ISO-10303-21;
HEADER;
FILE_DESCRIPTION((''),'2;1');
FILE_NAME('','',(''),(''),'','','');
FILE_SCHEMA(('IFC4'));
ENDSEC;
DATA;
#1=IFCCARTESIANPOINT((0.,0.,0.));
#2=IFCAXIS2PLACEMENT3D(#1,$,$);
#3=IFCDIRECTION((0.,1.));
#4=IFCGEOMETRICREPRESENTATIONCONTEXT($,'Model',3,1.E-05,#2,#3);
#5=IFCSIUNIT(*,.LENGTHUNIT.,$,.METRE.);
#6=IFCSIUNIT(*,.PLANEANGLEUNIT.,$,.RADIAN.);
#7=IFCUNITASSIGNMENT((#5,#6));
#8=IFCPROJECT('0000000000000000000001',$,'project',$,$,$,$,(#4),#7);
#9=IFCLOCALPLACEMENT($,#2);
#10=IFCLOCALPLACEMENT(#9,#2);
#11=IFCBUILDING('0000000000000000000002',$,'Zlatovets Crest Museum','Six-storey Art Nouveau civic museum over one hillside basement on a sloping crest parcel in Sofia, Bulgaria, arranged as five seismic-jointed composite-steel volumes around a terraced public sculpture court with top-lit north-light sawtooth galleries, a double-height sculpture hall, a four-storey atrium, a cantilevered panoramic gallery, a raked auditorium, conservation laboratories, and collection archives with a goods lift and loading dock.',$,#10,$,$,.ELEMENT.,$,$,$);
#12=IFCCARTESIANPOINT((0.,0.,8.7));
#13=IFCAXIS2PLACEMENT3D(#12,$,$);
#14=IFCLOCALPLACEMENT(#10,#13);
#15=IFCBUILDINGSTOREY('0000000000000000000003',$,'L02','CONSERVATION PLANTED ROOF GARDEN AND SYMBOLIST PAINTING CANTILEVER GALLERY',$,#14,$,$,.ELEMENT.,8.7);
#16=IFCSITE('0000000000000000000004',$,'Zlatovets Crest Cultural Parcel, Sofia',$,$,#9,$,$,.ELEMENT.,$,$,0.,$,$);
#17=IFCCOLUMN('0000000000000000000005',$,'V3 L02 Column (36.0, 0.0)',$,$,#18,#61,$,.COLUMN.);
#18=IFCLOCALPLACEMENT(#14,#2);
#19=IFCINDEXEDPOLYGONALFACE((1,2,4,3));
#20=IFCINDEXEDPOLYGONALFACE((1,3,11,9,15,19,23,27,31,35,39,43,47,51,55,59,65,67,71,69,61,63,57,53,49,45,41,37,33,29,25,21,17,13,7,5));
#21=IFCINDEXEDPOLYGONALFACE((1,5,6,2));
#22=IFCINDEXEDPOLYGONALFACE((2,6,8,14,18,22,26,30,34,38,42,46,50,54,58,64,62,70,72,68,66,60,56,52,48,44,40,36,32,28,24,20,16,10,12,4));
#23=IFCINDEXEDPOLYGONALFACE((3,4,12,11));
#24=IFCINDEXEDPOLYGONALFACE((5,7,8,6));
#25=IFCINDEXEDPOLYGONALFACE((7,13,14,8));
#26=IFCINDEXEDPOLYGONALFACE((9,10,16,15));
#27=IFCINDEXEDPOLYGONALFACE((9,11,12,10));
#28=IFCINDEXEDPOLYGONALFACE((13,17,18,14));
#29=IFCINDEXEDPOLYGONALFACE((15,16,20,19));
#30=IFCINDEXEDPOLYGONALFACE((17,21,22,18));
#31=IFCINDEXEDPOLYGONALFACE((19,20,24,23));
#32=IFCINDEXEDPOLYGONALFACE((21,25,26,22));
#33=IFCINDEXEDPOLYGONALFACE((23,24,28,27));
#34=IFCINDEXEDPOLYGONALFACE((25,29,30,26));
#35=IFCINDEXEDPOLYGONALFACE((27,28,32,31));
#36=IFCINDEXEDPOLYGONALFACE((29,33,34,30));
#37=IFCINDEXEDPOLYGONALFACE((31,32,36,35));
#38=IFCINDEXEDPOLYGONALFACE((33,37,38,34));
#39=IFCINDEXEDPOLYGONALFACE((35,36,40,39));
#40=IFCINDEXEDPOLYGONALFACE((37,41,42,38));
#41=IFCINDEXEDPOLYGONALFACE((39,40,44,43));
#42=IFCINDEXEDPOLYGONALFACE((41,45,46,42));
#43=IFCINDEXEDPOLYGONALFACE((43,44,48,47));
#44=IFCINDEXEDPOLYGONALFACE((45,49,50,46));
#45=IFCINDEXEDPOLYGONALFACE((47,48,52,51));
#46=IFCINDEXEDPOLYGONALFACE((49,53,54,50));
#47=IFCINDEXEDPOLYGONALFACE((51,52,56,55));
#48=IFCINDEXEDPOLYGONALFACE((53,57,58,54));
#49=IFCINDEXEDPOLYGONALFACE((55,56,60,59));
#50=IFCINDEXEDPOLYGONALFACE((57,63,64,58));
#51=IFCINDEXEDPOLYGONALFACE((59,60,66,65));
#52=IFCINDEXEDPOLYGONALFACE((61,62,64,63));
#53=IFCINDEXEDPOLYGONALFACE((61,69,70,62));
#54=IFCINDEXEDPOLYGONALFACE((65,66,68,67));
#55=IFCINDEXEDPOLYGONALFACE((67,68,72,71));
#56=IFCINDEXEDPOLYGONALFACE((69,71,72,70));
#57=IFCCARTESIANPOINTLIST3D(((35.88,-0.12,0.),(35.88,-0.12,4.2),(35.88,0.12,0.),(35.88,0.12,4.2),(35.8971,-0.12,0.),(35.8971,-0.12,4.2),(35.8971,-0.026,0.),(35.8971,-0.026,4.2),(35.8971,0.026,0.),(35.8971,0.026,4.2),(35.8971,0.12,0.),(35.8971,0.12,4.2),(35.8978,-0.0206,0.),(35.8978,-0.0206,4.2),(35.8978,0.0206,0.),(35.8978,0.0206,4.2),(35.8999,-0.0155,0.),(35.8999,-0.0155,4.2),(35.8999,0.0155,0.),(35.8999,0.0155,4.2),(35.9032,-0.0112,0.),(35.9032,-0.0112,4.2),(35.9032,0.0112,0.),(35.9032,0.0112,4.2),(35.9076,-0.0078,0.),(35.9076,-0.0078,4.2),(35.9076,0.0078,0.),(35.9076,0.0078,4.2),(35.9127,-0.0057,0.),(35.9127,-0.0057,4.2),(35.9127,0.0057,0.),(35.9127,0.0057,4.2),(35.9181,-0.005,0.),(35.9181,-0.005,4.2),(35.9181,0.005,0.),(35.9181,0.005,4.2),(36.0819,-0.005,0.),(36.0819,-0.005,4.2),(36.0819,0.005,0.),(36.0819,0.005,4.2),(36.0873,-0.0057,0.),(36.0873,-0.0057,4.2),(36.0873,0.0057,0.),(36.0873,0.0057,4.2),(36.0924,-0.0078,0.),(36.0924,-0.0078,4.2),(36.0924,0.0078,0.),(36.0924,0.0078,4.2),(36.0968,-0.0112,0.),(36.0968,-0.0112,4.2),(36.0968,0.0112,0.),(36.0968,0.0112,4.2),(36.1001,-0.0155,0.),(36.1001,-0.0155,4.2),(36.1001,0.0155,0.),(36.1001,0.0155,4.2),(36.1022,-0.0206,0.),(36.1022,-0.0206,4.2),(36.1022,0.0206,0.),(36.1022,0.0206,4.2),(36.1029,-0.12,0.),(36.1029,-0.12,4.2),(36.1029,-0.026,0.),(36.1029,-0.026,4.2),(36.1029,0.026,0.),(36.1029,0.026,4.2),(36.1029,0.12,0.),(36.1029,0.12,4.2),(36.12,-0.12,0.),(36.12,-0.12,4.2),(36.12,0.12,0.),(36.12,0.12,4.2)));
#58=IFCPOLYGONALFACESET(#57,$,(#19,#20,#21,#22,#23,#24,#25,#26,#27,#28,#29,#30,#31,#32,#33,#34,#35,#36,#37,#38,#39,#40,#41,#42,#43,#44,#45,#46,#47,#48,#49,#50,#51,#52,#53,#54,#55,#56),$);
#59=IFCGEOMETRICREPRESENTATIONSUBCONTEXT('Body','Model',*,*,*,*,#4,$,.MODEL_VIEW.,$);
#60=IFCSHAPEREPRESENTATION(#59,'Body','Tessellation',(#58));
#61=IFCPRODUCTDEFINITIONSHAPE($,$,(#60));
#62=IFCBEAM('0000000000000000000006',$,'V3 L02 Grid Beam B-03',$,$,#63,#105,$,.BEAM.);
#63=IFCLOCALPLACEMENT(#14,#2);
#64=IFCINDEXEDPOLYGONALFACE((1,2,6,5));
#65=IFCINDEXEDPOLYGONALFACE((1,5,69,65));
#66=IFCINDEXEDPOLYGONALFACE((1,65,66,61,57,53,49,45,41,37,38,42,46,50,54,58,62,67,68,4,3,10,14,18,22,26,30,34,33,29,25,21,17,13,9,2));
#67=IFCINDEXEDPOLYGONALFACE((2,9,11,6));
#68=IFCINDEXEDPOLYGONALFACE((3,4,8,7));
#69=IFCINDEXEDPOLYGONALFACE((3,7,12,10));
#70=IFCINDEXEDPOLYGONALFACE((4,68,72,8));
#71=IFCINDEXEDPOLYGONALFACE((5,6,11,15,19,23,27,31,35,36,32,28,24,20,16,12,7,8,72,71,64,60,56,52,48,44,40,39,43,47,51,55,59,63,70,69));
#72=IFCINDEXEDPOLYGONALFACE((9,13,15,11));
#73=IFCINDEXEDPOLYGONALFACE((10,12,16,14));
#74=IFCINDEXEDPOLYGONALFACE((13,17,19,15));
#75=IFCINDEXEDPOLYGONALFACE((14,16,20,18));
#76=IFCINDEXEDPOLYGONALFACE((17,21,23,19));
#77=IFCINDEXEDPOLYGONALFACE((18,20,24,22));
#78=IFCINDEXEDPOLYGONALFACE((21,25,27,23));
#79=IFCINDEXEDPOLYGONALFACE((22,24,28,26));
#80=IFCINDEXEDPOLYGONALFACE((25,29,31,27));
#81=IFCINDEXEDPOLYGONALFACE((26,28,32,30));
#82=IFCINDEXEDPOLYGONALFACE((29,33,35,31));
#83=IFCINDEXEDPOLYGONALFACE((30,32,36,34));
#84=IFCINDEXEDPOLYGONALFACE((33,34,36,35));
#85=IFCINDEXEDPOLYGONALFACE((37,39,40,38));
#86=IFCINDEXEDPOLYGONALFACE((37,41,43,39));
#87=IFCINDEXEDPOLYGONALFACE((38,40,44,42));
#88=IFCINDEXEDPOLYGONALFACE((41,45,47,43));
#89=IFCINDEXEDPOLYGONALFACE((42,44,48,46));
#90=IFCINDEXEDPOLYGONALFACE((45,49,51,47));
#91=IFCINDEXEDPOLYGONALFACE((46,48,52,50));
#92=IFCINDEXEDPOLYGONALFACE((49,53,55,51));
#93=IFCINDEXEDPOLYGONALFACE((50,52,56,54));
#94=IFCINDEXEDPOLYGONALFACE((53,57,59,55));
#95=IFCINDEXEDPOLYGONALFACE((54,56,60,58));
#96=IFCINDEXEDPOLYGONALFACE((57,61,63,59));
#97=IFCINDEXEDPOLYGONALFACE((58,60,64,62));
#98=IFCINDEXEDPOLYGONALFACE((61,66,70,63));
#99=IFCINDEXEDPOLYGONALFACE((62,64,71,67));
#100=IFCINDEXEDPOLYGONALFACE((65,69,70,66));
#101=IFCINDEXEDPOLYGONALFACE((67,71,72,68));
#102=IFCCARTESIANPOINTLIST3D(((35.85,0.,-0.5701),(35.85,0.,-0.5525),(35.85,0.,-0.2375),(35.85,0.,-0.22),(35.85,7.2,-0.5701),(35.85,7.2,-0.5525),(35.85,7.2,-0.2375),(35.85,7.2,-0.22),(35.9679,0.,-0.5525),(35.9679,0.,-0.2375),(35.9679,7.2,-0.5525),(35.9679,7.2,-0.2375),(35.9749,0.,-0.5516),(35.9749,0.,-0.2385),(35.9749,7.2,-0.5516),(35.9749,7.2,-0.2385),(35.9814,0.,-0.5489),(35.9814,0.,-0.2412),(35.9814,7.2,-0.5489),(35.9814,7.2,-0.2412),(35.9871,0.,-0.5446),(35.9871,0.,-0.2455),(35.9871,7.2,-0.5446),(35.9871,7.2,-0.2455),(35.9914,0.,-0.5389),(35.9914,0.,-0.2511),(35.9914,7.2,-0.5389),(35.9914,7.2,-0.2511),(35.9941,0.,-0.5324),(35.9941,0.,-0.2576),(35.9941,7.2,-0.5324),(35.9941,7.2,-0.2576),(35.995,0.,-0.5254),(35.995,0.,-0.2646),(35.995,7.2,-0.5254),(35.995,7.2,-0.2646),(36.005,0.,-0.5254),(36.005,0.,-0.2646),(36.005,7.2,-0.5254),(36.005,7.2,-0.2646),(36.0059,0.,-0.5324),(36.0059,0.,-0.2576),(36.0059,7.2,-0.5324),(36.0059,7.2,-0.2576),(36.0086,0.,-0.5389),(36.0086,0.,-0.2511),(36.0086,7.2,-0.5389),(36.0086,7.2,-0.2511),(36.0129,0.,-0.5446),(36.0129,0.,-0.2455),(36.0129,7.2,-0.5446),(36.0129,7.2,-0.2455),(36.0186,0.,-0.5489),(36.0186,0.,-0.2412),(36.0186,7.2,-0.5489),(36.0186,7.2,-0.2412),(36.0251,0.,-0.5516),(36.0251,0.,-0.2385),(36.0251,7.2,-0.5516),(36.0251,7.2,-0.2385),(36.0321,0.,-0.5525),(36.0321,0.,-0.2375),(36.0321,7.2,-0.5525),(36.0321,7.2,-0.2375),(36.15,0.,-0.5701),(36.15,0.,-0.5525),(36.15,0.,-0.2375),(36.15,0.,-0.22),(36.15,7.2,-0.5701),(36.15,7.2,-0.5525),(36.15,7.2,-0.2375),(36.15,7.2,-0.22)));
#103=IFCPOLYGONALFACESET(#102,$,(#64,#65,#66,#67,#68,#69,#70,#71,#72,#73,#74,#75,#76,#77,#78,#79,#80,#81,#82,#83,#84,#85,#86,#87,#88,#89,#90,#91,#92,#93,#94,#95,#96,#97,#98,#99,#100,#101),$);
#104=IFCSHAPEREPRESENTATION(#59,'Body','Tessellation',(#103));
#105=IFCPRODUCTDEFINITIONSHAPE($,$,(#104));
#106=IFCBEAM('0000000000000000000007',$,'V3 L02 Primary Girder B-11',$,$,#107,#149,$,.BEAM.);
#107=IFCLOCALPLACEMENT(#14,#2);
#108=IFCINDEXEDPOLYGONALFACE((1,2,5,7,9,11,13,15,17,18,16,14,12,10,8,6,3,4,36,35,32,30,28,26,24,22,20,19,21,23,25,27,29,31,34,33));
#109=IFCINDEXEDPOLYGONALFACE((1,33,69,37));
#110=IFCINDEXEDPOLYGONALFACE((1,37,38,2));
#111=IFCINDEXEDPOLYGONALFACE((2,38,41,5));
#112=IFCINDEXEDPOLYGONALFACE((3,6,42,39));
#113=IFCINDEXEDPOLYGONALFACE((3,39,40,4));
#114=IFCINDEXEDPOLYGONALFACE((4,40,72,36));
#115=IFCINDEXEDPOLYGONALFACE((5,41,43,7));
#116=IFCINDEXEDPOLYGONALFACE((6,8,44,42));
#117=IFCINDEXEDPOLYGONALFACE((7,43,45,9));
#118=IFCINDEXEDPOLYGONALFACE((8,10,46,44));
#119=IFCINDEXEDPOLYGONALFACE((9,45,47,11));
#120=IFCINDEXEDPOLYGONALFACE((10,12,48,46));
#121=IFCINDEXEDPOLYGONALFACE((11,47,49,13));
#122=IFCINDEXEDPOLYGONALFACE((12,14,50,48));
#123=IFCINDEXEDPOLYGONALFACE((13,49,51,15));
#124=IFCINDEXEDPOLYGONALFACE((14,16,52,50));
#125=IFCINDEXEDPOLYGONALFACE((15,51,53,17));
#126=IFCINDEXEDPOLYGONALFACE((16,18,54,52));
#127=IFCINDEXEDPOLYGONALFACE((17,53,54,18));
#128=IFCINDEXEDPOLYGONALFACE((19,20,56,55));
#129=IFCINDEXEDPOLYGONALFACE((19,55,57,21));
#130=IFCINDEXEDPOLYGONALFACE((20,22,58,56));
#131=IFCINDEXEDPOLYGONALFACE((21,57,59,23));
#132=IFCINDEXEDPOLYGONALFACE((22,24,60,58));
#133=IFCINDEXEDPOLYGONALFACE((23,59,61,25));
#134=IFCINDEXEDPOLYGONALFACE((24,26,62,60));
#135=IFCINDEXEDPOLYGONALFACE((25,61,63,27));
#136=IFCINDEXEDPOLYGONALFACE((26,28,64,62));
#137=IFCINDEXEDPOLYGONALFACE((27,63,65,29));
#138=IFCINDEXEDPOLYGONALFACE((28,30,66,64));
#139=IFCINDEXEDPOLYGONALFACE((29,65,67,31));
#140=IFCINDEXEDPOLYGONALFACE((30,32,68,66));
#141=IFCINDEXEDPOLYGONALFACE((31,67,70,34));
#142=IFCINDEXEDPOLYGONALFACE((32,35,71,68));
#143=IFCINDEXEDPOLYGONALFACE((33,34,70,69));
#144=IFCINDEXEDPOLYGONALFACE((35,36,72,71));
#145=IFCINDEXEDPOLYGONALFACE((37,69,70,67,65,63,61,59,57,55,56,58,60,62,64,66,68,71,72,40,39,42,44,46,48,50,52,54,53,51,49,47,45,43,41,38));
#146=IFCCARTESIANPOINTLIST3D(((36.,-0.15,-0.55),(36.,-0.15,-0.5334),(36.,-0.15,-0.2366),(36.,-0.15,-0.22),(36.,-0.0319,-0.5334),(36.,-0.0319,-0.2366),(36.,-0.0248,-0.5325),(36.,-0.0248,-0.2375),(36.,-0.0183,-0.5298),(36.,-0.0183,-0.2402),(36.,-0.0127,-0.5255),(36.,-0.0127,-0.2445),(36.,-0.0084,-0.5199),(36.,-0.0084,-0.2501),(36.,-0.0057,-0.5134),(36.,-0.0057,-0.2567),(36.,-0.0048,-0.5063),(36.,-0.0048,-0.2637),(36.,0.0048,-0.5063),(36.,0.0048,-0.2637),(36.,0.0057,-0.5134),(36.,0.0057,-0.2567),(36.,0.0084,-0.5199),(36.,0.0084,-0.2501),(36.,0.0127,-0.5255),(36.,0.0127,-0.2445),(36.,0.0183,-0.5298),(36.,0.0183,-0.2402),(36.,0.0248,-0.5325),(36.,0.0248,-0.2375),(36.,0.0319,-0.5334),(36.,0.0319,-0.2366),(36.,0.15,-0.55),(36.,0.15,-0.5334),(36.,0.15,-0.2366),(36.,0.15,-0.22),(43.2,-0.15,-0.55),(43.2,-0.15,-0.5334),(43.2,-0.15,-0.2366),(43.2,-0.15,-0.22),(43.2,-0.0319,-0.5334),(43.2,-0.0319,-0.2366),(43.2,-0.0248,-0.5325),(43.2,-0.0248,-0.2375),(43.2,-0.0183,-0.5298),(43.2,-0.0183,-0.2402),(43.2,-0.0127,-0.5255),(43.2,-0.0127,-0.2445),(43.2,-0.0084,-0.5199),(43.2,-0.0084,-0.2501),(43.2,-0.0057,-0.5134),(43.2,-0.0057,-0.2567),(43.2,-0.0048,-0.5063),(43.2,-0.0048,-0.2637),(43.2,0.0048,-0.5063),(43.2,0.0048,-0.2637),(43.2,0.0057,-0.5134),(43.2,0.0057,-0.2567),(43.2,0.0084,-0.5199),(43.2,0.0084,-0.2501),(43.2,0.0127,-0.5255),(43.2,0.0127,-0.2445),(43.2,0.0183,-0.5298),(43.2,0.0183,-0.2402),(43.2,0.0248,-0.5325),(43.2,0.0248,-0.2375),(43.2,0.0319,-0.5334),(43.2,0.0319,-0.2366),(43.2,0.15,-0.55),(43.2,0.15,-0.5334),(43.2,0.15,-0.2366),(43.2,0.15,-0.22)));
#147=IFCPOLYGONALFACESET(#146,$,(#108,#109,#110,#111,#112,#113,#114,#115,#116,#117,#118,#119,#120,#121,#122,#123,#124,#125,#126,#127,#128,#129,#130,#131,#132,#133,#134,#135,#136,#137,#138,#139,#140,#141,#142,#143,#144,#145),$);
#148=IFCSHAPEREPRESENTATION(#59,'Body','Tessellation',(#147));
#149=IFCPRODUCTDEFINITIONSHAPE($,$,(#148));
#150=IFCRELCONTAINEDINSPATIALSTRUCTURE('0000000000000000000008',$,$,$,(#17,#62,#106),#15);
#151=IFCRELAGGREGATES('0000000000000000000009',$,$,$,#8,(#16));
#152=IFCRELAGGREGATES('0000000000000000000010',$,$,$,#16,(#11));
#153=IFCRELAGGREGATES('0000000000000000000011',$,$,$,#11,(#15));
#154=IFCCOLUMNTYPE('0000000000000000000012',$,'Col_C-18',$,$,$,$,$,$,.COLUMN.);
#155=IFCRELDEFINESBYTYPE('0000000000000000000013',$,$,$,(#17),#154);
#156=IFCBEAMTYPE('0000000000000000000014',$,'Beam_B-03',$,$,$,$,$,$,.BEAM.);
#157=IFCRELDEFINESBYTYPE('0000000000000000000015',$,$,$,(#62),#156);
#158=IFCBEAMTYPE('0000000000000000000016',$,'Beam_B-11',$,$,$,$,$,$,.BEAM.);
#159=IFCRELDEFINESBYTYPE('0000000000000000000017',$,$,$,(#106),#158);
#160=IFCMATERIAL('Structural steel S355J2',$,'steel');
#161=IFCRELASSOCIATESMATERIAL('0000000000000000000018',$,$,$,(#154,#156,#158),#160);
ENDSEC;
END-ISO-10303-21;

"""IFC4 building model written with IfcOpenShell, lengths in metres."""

from ifc_helpers import new_model, si_unit, direction, frame, origin, origin_2d, place, context, subcontext, project, spatial, i_section, extrude, material, material_profile, profile_set, type_object, element, save


model = new_model("IFC4")

# Units and contexts
model_context = context("Model", 3, precision=1e-05, world=origin(), true_north=direction((0.0, 1.0)))
body_context = subcontext(model_context, "Body", "Model", "MODEL_VIEW")
ifc_project = project(units=[si_unit("LENGTHUNIT", "METRE"), si_unit("PLANEANGLEUNIT", "RADIAN")], contexts=[model_context])

# Site, building, storey
site_placement = place(None, origin())
site = spatial("IfcSite", under=ifc_project, at=site_placement, Name="Zlatovets Crest Cultural Parcel, Sofia", CompositionType="ELEMENT", RefElevation=0.0)
building_placement = place(site_placement, origin())
building = spatial("IfcBuilding", under=site, at=building_placement, Name="Zlatovets Crest Museum", Description="Six-storey Art Nouveau civic museum over one hillside basement on a sloping crest parcel in Sofia, Bulgaria, arranged as five seismic-jointed composite-steel volumes around a terraced public sculpture court with top-lit north-light sawtooth galleries, a double-height sculpture hall, a four-storey atrium, a cantilevered panoramic gallery, a raked auditorium, conservation laboratories, and collection archives with a goods lift and loading dock.", CompositionType="ELEMENT")
storey_placement = place(building_placement, frame((0.0, 0.0, 8.7)))
storey = spatial("IfcBuildingStorey", under=building, at=storey_placement, Name="L02", Description="CONSERVATION PLANTED ROOF GARDEN AND SYMBOLIST PAINTING CANTILEVER GALLERY", CompositionType="ELEMENT", Elevation=8.7)

# Column
ifc_material_1 = material(Name="Structural steel S355J2", Category="steel")
ifc_material_profile_1 = material_profile(ifc_material_1, i_section(OverallWidth=0.24, OverallDepth=0.24, WebThickness=0.01, FlangeThickness=0.0171, FilletRadius=0.021, at=origin_2d()), Name="HEB 240")
ifc_profile_set_1 = profile_set([ifc_material_profile_1], Name="Structural steel S355J2")
column_type = type_object("IfcColumnType", Name="Col_C-18", PredefinedType="COLUMN", material=ifc_profile_set_1)
column_placement = place(storey_placement, frame((36.0, 0.0, 0.0), z_axis=(0.0, 0.0, 1.0), x_axis=(0.0, 1.0, 0.0)))
element("IfcColumn", 1, at=column_placement, inside=storey, type_object=column_type, Name="V3 L02 Column (36.0, 0.0)", PredefinedType="COLUMN", context=body_context, shape_type="SweptSolid", body=[
    extrude(i_section(OverallWidth=0.24, OverallDepth=0.24, WebThickness=0.01, FlangeThickness=0.0171, FilletRadius=0.021, at=origin_2d()), origin(), (0.0, 0.0, 1.0), 4.2),
])

# Beams
ifc_material_profile_2 = material_profile(ifc_material_1, i_section(OverallWidth=0.3, OverallDepth=0.3501, WebThickness=0.01, FlangeThickness=0.0176, FilletRadius=0.0271, at=origin_2d()), Name="HEA 360")
ifc_profile_set_2 = profile_set([ifc_material_profile_2], Name="Structural steel S355J2")
beam_type_1 = type_object("IfcBeamType", Name="Beam_B-03", PredefinedType="BEAM", material=ifc_profile_set_2)
beam_1_placement = place(storey_placement, frame((36.0, 0.0, -0.395), z_axis=(0.0, 1.0, 0.0), x_axis=(-1.0, 0.0, 0.0)))
element("IfcBeam", 2, at=beam_1_placement, inside=storey, type_object=beam_type_1, Name="V3 L02 Grid Beam B-03", PredefinedType="BEAM", context=body_context, shape_type="SweptSolid", body=[
    extrude(i_section(OverallWidth=0.3, OverallDepth=0.3501, WebThickness=0.01, FlangeThickness=0.0176, FilletRadius=0.0271, at=origin_2d()), origin(), (0.0, 0.0, 1.0), 7.2),
])
ifc_material_profile_3 = material_profile(ifc_material_1, i_section(OverallWidth=0.3, OverallDepth=0.3301, WebThickness=0.0095, FlangeThickness=0.0166, FilletRadius=0.0271, at=origin_2d()), Name="HEA 340")
ifc_profile_set_3 = profile_set([ifc_material_profile_3], Name="Structural steel S355J2")
beam_type_2 = type_object("IfcBeamType", Name="Beam_B-11", PredefinedType="BEAM", material=ifc_profile_set_3)
beam_2_placement = place(storey_placement, frame((36.0, 0.0, -0.385), z_axis=(1.0, 0.0, 0.0), x_axis=(0.0, 1.0, 0.0)))
element("IfcBeam", 3, at=beam_2_placement, inside=storey, type_object=beam_type_2, Name="V3 L02 Primary Girder B-11", PredefinedType="BEAM", context=body_context, shape_type="SweptSolid", body=[
    extrude(i_section(OverallWidth=0.3, OverallDepth=0.3301, WebThickness=0.0095, FlangeThickness=0.0166, FilletRadius=0.0271, at=origin_2d()), origin(), (0.0, 0.0, 1.0), 7.2),
])

save(model, "model.ifc")
